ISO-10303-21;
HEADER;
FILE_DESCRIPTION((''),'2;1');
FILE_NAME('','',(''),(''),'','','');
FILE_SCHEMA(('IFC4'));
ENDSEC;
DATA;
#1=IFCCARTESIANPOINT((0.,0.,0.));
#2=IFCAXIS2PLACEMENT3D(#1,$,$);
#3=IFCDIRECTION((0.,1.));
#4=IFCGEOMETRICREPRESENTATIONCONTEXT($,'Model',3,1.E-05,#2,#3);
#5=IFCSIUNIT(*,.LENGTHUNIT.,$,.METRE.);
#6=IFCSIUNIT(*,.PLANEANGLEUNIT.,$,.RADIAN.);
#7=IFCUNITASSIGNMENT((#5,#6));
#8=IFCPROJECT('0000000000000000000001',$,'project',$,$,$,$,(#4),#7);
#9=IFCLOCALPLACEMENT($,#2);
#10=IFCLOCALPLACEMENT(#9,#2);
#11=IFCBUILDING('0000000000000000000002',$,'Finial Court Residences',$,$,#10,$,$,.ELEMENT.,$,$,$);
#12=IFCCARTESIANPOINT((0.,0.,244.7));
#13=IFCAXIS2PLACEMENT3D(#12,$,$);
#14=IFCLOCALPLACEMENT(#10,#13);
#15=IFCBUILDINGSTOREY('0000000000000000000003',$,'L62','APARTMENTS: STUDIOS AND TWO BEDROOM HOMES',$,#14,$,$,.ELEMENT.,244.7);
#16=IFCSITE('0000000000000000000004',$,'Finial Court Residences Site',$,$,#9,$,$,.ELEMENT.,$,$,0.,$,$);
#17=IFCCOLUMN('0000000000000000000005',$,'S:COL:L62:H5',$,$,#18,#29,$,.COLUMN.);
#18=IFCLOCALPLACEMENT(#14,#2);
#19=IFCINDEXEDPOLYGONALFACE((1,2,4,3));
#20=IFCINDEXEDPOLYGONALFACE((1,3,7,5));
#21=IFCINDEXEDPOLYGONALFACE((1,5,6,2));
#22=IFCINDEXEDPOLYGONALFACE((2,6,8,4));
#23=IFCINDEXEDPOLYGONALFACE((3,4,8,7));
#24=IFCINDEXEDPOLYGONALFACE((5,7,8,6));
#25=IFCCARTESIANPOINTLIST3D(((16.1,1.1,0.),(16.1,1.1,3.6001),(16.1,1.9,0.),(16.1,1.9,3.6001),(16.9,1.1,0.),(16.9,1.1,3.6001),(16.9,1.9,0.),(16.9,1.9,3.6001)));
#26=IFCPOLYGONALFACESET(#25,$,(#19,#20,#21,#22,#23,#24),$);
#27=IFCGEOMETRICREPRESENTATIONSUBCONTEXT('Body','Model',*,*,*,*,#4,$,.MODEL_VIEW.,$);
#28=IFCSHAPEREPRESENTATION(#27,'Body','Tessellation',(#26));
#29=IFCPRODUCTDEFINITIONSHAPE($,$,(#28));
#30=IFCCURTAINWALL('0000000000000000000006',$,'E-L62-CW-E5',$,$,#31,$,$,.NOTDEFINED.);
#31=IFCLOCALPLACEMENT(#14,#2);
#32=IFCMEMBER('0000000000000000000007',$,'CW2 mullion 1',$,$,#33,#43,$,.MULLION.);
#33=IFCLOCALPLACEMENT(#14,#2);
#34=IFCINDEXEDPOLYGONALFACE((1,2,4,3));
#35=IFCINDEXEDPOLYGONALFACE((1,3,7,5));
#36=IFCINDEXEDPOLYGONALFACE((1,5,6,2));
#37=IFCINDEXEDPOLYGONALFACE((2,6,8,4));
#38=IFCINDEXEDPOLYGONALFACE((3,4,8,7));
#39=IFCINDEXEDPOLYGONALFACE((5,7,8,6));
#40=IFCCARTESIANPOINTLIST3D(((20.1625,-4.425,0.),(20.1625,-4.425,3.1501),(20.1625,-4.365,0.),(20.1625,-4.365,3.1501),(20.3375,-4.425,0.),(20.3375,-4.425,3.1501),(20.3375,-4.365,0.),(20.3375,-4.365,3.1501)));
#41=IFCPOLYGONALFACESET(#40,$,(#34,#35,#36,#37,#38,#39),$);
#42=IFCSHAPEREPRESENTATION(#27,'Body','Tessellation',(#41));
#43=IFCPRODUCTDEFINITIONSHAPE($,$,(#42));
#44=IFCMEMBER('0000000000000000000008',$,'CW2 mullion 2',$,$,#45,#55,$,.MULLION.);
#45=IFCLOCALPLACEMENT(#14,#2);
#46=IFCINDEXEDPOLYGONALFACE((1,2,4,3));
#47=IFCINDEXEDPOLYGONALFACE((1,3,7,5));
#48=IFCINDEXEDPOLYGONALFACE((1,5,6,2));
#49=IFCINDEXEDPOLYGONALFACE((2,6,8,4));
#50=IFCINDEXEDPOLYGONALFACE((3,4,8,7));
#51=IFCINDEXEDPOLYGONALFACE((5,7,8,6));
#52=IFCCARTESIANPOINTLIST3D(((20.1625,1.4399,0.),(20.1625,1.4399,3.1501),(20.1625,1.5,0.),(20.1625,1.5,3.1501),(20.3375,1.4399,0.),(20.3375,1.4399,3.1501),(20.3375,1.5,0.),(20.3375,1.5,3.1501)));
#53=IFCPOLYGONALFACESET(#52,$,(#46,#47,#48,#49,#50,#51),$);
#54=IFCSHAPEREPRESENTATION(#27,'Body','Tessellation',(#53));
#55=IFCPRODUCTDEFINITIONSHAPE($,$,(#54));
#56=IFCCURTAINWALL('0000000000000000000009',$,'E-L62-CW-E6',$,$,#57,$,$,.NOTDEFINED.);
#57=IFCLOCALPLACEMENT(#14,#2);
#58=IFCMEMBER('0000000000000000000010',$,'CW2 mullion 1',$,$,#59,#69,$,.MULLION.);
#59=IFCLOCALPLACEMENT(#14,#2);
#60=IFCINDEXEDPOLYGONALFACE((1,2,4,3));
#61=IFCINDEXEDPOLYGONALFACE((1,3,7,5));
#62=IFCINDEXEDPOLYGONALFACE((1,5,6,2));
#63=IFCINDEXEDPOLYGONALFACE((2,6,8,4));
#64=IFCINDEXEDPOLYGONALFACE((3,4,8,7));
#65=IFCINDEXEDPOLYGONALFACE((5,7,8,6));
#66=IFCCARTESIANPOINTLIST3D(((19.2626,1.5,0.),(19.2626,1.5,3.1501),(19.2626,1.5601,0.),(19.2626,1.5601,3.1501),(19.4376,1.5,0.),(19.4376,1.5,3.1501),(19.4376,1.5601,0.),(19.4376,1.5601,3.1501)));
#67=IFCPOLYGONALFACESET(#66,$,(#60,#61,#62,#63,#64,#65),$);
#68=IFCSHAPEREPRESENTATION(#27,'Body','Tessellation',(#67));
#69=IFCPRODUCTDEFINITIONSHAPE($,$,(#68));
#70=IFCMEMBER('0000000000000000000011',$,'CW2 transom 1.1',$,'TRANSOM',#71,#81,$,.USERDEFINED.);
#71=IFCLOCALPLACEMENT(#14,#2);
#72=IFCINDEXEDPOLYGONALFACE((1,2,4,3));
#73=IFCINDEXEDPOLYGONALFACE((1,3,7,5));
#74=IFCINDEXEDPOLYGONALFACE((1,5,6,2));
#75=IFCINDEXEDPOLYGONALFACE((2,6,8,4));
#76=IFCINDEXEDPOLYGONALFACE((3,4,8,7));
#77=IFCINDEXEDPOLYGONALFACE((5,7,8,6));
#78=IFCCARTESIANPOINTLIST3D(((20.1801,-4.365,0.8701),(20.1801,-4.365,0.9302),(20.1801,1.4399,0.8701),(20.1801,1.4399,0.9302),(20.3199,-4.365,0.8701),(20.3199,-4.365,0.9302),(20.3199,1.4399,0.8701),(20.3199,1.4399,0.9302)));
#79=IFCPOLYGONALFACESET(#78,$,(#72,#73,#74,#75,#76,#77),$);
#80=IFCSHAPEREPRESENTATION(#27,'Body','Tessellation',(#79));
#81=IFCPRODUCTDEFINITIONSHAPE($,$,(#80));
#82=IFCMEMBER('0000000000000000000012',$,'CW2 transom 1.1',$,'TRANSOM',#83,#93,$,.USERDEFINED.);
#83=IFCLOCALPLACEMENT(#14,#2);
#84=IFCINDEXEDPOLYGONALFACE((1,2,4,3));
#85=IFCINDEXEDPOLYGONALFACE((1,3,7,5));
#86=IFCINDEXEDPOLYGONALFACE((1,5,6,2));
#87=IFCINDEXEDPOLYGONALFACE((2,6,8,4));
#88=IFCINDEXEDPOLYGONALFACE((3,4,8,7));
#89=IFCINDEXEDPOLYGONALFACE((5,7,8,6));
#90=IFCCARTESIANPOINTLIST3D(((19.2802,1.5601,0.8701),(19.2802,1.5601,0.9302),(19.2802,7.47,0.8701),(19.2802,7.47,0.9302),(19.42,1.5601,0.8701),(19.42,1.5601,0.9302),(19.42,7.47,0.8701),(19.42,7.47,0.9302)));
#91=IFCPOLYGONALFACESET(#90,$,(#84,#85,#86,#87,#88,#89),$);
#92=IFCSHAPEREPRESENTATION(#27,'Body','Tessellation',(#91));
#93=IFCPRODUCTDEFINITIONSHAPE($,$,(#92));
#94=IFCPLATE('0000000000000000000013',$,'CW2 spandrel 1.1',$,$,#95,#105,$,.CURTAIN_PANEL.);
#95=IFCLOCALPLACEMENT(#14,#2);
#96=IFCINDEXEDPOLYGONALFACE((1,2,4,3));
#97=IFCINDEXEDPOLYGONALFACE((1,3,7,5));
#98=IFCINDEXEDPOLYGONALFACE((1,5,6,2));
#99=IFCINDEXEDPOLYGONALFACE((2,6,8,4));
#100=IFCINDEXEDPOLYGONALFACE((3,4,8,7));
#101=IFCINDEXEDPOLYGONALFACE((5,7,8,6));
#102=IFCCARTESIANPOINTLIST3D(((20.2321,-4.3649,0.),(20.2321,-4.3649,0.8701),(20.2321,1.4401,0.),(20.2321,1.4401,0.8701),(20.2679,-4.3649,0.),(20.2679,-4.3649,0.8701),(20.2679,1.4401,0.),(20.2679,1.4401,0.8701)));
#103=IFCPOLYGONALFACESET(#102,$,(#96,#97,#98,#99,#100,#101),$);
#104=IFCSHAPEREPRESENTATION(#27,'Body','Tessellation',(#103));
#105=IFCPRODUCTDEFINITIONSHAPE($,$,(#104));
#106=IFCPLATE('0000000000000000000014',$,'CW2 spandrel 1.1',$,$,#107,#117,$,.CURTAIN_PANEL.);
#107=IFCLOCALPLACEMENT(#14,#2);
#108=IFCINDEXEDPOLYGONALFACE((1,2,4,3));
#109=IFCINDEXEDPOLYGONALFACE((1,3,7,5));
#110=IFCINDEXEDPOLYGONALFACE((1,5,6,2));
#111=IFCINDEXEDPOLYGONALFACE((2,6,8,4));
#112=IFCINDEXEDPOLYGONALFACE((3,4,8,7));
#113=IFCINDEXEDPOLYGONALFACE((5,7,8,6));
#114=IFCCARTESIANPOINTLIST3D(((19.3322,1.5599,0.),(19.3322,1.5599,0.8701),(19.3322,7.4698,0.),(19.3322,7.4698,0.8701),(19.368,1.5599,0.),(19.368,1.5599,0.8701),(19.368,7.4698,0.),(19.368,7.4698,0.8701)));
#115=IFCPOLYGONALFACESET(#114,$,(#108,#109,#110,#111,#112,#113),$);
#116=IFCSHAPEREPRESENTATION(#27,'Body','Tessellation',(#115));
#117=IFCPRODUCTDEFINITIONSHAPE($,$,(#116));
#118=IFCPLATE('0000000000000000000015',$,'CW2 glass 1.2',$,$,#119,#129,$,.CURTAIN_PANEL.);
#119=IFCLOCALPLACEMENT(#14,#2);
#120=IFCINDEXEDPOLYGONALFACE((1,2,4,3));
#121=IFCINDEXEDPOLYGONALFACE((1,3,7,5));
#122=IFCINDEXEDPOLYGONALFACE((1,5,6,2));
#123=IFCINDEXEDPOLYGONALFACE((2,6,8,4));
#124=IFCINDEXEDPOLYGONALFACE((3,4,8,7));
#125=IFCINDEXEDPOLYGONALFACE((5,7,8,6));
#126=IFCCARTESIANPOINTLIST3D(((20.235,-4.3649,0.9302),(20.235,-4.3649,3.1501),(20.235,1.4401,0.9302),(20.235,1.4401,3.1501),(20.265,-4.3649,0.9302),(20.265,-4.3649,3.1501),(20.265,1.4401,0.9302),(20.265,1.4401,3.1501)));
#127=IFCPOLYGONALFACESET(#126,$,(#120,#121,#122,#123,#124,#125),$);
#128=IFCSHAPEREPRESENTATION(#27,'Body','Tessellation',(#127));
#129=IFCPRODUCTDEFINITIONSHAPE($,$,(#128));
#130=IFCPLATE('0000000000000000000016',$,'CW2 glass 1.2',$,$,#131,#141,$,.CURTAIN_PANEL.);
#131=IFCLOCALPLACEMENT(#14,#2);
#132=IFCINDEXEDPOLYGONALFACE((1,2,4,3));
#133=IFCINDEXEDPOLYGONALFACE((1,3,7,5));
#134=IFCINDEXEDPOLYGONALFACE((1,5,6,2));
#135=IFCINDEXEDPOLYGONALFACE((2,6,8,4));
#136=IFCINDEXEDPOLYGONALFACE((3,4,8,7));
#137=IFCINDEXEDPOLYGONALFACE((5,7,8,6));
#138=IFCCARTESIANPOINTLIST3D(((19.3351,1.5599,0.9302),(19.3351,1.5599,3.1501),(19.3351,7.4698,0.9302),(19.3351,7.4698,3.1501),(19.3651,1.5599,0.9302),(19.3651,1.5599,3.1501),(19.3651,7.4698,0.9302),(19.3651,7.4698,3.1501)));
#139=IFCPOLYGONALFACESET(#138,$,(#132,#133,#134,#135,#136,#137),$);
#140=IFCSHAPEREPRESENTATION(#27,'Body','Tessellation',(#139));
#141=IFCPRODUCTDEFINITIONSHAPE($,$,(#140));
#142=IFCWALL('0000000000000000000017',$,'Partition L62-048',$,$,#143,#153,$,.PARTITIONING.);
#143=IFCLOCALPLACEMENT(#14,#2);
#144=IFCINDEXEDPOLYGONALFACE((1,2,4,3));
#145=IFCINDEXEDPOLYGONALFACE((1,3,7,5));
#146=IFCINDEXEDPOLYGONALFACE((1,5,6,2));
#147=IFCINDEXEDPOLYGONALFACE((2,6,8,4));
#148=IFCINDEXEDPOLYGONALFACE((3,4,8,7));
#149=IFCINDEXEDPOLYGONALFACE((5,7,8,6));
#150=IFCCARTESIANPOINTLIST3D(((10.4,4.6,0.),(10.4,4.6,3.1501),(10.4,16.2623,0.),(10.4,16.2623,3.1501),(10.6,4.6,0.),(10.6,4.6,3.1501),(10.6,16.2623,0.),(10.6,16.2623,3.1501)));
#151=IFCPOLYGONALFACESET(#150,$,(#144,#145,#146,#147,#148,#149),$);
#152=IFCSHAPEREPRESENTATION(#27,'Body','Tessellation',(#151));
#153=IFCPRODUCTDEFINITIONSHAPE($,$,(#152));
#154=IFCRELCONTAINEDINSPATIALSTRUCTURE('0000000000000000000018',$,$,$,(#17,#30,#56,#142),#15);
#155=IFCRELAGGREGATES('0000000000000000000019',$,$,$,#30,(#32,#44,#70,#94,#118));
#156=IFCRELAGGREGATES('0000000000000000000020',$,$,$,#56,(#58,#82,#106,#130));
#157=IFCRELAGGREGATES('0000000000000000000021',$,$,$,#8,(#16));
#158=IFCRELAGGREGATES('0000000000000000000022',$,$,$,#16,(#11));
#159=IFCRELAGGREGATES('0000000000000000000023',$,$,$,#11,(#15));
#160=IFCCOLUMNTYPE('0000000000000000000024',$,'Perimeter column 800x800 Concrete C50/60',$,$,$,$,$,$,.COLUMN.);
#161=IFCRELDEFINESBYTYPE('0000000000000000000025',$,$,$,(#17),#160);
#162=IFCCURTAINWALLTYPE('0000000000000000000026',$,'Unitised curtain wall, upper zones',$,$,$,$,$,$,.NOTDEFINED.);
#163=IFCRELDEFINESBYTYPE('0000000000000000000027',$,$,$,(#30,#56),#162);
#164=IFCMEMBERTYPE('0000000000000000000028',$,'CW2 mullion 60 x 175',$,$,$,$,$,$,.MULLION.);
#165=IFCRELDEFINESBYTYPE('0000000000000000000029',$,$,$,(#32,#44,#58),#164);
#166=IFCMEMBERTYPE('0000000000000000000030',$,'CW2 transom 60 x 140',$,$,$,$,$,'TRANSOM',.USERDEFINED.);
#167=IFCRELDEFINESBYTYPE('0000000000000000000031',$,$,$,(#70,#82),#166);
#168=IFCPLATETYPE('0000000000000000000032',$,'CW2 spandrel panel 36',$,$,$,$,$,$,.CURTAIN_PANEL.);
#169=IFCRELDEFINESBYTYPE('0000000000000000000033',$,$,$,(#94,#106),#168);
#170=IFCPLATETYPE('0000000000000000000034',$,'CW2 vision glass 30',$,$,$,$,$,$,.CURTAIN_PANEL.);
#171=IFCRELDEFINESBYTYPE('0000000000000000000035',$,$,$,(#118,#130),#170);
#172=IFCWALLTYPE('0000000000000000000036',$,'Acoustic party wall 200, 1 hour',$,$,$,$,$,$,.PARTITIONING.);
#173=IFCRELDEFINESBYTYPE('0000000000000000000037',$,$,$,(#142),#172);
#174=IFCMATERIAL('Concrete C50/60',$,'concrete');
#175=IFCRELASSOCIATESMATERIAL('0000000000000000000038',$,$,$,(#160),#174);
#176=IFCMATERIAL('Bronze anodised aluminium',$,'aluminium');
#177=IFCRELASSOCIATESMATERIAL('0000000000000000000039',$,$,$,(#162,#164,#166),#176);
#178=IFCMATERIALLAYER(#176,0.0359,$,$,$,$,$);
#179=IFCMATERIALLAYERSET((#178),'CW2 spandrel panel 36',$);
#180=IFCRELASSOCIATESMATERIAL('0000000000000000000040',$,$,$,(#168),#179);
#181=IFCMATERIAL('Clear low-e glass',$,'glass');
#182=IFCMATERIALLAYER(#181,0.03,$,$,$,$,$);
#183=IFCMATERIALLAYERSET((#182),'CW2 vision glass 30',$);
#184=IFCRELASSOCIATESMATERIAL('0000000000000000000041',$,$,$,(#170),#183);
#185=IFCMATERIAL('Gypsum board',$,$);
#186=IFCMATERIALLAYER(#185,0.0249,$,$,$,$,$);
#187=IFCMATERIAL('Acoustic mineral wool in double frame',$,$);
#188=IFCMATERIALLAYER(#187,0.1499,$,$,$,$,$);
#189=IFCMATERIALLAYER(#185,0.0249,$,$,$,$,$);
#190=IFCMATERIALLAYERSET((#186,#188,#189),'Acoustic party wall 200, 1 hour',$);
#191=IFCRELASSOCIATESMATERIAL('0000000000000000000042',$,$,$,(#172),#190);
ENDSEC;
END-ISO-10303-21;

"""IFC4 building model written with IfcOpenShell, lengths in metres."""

from ifc_helpers import new_model, si_unit, direction, frame, frame_2d, origin, origin_2d, place, context, subcontext, project, spatial, rectangle, extrude, material, layer, layer_set, material_profile, profile_set, type_object, element, aggregate, save


model = new_model("IFC4")

# Units and contexts
model_context = context("Model", 3, precision=1e-05, world=origin(), true_north=direction((0.0, 1.0)))
body_context = subcontext(model_context, "Body", "Model", "MODEL_VIEW")
ifc_project = project(units=[si_unit("LENGTHUNIT", "METRE"), si_unit("PLANEANGLEUNIT", "RADIAN")], contexts=[model_context])

# Site, building, storey
site_placement = place(None, origin())
site = spatial("IfcSite", under=ifc_project, at=site_placement, Name="Finial Court Residences Site", CompositionType="ELEMENT", RefElevation=0.0)
building_placement = place(site_placement, origin())
building = spatial("IfcBuilding", under=site, at=building_placement, Name="Finial Court Residences", CompositionType="ELEMENT")
storey_placement = place(building_placement, frame((0.0, 0.0, 244.7)))
storey = spatial("IfcBuildingStorey", under=building, at=storey_placement, Name="L62", Description="APARTMENTS: STUDIOS AND TWO BEDROOM HOMES", CompositionType="ELEMENT", Elevation=244.7)

# Column
ifc_material_1 = material(Name="Concrete C50/60", Category="concrete")
ifc_material_profile_1 = material_profile(ifc_material_1, rectangle(XDim=0.8, YDim=0.8, at=origin_2d()), Name="800x800")
ifc_profile_set_1 = profile_set([ifc_material_profile_1], Name="Concrete C50/60")
column_type = type_object("IfcColumnType", Name="Perimeter column 800x800 Concrete C50/60", PredefinedType="COLUMN", material=ifc_profile_set_1)
column_placement = place(storey_placement, frame((16.5, 1.5, 0.0), z_axis=(0.0, 0.0, 1.0), x_axis=(1.0, 0.0, 0.0)))
element("IfcColumn", 1, at=column_placement, inside=storey, type_object=column_type, Name="S:COL:L62:H5", PredefinedType="COLUMN", context=body_context, shape_type="SweptSolid", body=[
    extrude(rectangle(XDim=0.8, YDim=0.8, at=origin_2d()), origin(), (0.0, 0.0, 1.0), 3.6001),
])

# Curtain wall, members
ifc_material_2 = material(Name="Bronze anodised aluminium", Category="aluminium")
curtain_wall_type = type_object("IfcCurtainWallType", Name="Unitised curtain wall, upper zones", PredefinedType="NOTDEFINED", material=ifc_material_2)
curtain_wall_1_placement = place(storey_placement, origin())
curtain_wall_1 = element("IfcCurtainWall", 2, at=curtain_wall_1_placement, inside=storey, type_object=curtain_wall_type, Name="E-L62-CW-E5", PredefinedType="NOTDEFINED")
ifc_material_profile_2 = material_profile(ifc_material_2, rectangle(XDim=0.175, YDim=0.0601, at=origin_2d()), Name="CW2 mullion 60 x 175")
ifc_profile_set_2 = profile_set([ifc_material_profile_2], Name="Bronze anodised aluminium")
member_type_1 = type_object("IfcMemberType", Name="CW2 mullion 60 x 175", PredefinedType="MULLION", material=ifc_profile_set_2)
member_1_placement = place(storey_placement, frame((20.25, -4.395, 0.0), z_axis=(0.0, 0.0, 1.0), x_axis=(-1.0, 0.0, 0.0)))
member_1 = element("IfcMember", 3, at=member_1_placement, type_object=member_type_1, Name="CW2 mullion 1", PredefinedType="MULLION", context=body_context, shape_type="SweptSolid", body=[
    extrude(rectangle(XDim=0.175, YDim=0.0601, at=origin_2d()), origin(), (0.0, 0.0, 1.0), 3.1501),
])
member_2_placement = place(storey_placement, frame((20.25, 1.47, 0.0), z_axis=(0.0, 0.0, 1.0), x_axis=(-1.0, 0.0, 0.0)))
member_2 = element("IfcMember", 4, at=member_2_placement, type_object=member_type_1, Name="CW2 mullion 2", PredefinedType="MULLION", context=body_context, shape_type="SweptSolid", body=[
    extrude(rectangle(XDim=0.175, YDim=0.0601, at=origin_2d()), origin(), (0.0, 0.0, 1.0), 3.1501),
])

# Curtain wall, member
curtain_wall_2_placement = place(storey_placement, origin())
curtain_wall_2 = element("IfcCurtainWall", 5, at=curtain_wall_2_placement, inside=storey, type_object=curtain_wall_type, Name="E-L62-CW-E6", PredefinedType="NOTDEFINED")
member_3_placement = place(storey_placement, frame((19.3501, 1.53, 0.0), z_axis=(0.0, 0.0, 1.0), x_axis=(-1.0, 0.0, 0.0)))
member_3 = element("IfcMember", 6, at=member_3_placement, type_object=member_type_1, Name="CW2 mullion 1", PredefinedType="MULLION", context=body_context, shape_type="SweptSolid", body=[
    extrude(rectangle(XDim=0.175, YDim=0.0601, at=origin_2d()), origin(), (0.0, 0.0, 1.0), 3.1501),
])

# Members
ifc_material_profile_3 = material_profile(ifc_material_2, rectangle(XDim=0.1399, YDim=0.0601, at=origin_2d()), Name="CW2 transom 60 x 140")
ifc_profile_set_3 = profile_set([ifc_material_profile_3], Name="Bronze anodised aluminium")
member_type_2 = type_object("IfcMemberType", Name="CW2 transom 60 x 140", ElementType="TRANSOM", PredefinedType="USERDEFINED", material=ifc_profile_set_3)
member_4_placement = place(storey_placement, frame((20.25, -4.365, 0.9001), z_axis=(0.0, 1.0, 0.0), x_axis=(-1.0, 0.0, 0.0)))
member_4 = element("IfcMember", 7, at=member_4_placement, type_object=member_type_2, Name="CW2 transom 1.1", ObjectType="TRANSOM", PredefinedType="USERDEFINED", context=body_context, shape_type="SweptSolid", body=[
    extrude(rectangle(XDim=0.1399, YDim=0.0601, at=origin_2d()), origin(), (0.0, 0.0, 1.0), 5.8049),
])
member_5_placement = place(storey_placement, frame((19.3501, 1.5601, 0.9001), z_axis=(0.0, 1.0, 0.0), x_axis=(-1.0, 0.0, 0.0)))
member_5 = element("IfcMember", 8, at=member_5_placement, type_object=member_type_2, Name="CW2 transom 1.1", ObjectType="TRANSOM", PredefinedType="USERDEFINED", context=body_context, shape_type="SweptSolid", body=[
    extrude(rectangle(XDim=0.1399, YDim=0.0601, at=origin_2d()), origin(), (0.0, 0.0, 1.0), 5.9099),
])

# Plates
ifc_layer_1 = layer(ifc_material_2, 0.0359)
ifc_layer_set_1 = layer_set([ifc_layer_1], Name="CW2 spandrel panel 36")
plate_type_1 = type_object("IfcPlateType", Name="CW2 spandrel panel 36", PredefinedType="CURTAIN_PANEL", material=ifc_layer_set_1)
plate_1_placement = place(storey_placement, frame((20.25, -1.4624, 0.0), z_axis=(0.0, 0.0, 1.0), x_axis=(0.0, 1.0, 0.0)))
plate_1 = element("IfcPlate", 9, at=plate_1_placement, type_object=plate_type_1, Name="CW2 spandrel 1.1", PredefinedType="CURTAIN_PANEL", context=body_context, shape_type="SweptSolid", body=[
    extrude(rectangle(XDim=5.8049, YDim=0.0359, at=origin_2d()), origin(), (0.0, 0.0, 1.0), 0.8701),
])
plate_2_placement = place(storey_placement, frame((19.3501, 4.5149, 0.0), z_axis=(0.0, 0.0, 1.0), x_axis=(0.0, 1.0, 0.0)))
plate_2 = element("IfcPlate", 10, at=plate_2_placement, type_object=plate_type_1, Name="CW2 spandrel 1.1", PredefinedType="CURTAIN_PANEL", context=body_context, shape_type="SweptSolid", body=[
    extrude(rectangle(XDim=5.9099, YDim=0.0359, at=origin_2d()), origin(), (0.0, 0.0, 1.0), 0.8701),
])
ifc_material_3 = material(Name="Clear low-e glass", Category="glass")
ifc_layer_2 = layer(ifc_material_3, 0.03)
ifc_layer_set_2 = layer_set([ifc_layer_2], Name="CW2 vision glass 30")
plate_type_2 = type_object("IfcPlateType", Name="CW2 vision glass 30", PredefinedType="CURTAIN_PANEL", material=ifc_layer_set_2)
plate_3_placement = place(storey_placement, frame((20.25, -1.4624, 0.9302), z_axis=(0.0, 0.0, 1.0), x_axis=(0.0, 1.0, 0.0)))
plate_3 = element("IfcPlate", 11, at=plate_3_placement, type_object=plate_type_2, Name="CW2 glass 1.2", PredefinedType="CURTAIN_PANEL", context=body_context, shape_type="SweptSolid", body=[
    extrude(rectangle(XDim=5.8049, YDim=0.03, at=origin_2d()), origin(), (0.0, 0.0, 1.0), 2.22),
])
aggregate(curtain_wall_1, [member_1, member_2, member_4, plate_1, plate_3])
plate_4_placement = place(storey_placement, frame((19.3501, 4.5149, 0.9302), z_axis=(0.0, 0.0, 1.0), x_axis=(0.0, 1.0, 0.0)))
plate_4 = element("IfcPlate", 12, at=plate_4_placement, type_object=plate_type_2, Name="CW2 glass 1.2", PredefinedType="CURTAIN_PANEL", context=body_context, shape_type="SweptSolid", body=[
    extrude(rectangle(XDim=5.9099, YDim=0.03, at=origin_2d()), origin(), (0.0, 0.0, 1.0), 2.22),
])
aggregate(curtain_wall_2, [member_3, member_5, plate_2, plate_4])

# Wall
ifc_material_4 = material(Name="Gypsum board")
ifc_layer_3 = layer(ifc_material_4, 0.0249)
ifc_material_5 = material(Name="Acoustic mineral wool in double frame")
ifc_layer_4 = layer(ifc_material_5, 0.1499)
ifc_layer_5 = layer(ifc_material_4, 0.0249)
ifc_layer_set_3 = layer_set([ifc_layer_3, ifc_layer_4, ifc_layer_5], Name="Acoustic party wall 200, 1 hour")
wall_type_1 = type_object("IfcWallType", Name="Acoustic party wall 200, 1 hour", PredefinedType="PARTITIONING", material=ifc_layer_set_3)
wall_1_placement = place(storey_placement, frame((10.5, 4.6001, 0.0), z_axis=(0.0, 0.0, 1.0), x_axis=(0.0, 1.0, 0.0)))
element("IfcWall", 13, at=wall_1_placement, inside=storey, type_object=wall_type_1, Name="Partition L62-048", PredefinedType="PARTITIONING", context=body_context, shape_type="SweptSolid", body=[
    extrude(rectangle(XDim=11.6624, YDim=0.2, at=frame_2d((5.8311, 0.0))), origin(), (0.0, 0.0, 1.0), 3.1501),
])

save(model, "model.ifc")
